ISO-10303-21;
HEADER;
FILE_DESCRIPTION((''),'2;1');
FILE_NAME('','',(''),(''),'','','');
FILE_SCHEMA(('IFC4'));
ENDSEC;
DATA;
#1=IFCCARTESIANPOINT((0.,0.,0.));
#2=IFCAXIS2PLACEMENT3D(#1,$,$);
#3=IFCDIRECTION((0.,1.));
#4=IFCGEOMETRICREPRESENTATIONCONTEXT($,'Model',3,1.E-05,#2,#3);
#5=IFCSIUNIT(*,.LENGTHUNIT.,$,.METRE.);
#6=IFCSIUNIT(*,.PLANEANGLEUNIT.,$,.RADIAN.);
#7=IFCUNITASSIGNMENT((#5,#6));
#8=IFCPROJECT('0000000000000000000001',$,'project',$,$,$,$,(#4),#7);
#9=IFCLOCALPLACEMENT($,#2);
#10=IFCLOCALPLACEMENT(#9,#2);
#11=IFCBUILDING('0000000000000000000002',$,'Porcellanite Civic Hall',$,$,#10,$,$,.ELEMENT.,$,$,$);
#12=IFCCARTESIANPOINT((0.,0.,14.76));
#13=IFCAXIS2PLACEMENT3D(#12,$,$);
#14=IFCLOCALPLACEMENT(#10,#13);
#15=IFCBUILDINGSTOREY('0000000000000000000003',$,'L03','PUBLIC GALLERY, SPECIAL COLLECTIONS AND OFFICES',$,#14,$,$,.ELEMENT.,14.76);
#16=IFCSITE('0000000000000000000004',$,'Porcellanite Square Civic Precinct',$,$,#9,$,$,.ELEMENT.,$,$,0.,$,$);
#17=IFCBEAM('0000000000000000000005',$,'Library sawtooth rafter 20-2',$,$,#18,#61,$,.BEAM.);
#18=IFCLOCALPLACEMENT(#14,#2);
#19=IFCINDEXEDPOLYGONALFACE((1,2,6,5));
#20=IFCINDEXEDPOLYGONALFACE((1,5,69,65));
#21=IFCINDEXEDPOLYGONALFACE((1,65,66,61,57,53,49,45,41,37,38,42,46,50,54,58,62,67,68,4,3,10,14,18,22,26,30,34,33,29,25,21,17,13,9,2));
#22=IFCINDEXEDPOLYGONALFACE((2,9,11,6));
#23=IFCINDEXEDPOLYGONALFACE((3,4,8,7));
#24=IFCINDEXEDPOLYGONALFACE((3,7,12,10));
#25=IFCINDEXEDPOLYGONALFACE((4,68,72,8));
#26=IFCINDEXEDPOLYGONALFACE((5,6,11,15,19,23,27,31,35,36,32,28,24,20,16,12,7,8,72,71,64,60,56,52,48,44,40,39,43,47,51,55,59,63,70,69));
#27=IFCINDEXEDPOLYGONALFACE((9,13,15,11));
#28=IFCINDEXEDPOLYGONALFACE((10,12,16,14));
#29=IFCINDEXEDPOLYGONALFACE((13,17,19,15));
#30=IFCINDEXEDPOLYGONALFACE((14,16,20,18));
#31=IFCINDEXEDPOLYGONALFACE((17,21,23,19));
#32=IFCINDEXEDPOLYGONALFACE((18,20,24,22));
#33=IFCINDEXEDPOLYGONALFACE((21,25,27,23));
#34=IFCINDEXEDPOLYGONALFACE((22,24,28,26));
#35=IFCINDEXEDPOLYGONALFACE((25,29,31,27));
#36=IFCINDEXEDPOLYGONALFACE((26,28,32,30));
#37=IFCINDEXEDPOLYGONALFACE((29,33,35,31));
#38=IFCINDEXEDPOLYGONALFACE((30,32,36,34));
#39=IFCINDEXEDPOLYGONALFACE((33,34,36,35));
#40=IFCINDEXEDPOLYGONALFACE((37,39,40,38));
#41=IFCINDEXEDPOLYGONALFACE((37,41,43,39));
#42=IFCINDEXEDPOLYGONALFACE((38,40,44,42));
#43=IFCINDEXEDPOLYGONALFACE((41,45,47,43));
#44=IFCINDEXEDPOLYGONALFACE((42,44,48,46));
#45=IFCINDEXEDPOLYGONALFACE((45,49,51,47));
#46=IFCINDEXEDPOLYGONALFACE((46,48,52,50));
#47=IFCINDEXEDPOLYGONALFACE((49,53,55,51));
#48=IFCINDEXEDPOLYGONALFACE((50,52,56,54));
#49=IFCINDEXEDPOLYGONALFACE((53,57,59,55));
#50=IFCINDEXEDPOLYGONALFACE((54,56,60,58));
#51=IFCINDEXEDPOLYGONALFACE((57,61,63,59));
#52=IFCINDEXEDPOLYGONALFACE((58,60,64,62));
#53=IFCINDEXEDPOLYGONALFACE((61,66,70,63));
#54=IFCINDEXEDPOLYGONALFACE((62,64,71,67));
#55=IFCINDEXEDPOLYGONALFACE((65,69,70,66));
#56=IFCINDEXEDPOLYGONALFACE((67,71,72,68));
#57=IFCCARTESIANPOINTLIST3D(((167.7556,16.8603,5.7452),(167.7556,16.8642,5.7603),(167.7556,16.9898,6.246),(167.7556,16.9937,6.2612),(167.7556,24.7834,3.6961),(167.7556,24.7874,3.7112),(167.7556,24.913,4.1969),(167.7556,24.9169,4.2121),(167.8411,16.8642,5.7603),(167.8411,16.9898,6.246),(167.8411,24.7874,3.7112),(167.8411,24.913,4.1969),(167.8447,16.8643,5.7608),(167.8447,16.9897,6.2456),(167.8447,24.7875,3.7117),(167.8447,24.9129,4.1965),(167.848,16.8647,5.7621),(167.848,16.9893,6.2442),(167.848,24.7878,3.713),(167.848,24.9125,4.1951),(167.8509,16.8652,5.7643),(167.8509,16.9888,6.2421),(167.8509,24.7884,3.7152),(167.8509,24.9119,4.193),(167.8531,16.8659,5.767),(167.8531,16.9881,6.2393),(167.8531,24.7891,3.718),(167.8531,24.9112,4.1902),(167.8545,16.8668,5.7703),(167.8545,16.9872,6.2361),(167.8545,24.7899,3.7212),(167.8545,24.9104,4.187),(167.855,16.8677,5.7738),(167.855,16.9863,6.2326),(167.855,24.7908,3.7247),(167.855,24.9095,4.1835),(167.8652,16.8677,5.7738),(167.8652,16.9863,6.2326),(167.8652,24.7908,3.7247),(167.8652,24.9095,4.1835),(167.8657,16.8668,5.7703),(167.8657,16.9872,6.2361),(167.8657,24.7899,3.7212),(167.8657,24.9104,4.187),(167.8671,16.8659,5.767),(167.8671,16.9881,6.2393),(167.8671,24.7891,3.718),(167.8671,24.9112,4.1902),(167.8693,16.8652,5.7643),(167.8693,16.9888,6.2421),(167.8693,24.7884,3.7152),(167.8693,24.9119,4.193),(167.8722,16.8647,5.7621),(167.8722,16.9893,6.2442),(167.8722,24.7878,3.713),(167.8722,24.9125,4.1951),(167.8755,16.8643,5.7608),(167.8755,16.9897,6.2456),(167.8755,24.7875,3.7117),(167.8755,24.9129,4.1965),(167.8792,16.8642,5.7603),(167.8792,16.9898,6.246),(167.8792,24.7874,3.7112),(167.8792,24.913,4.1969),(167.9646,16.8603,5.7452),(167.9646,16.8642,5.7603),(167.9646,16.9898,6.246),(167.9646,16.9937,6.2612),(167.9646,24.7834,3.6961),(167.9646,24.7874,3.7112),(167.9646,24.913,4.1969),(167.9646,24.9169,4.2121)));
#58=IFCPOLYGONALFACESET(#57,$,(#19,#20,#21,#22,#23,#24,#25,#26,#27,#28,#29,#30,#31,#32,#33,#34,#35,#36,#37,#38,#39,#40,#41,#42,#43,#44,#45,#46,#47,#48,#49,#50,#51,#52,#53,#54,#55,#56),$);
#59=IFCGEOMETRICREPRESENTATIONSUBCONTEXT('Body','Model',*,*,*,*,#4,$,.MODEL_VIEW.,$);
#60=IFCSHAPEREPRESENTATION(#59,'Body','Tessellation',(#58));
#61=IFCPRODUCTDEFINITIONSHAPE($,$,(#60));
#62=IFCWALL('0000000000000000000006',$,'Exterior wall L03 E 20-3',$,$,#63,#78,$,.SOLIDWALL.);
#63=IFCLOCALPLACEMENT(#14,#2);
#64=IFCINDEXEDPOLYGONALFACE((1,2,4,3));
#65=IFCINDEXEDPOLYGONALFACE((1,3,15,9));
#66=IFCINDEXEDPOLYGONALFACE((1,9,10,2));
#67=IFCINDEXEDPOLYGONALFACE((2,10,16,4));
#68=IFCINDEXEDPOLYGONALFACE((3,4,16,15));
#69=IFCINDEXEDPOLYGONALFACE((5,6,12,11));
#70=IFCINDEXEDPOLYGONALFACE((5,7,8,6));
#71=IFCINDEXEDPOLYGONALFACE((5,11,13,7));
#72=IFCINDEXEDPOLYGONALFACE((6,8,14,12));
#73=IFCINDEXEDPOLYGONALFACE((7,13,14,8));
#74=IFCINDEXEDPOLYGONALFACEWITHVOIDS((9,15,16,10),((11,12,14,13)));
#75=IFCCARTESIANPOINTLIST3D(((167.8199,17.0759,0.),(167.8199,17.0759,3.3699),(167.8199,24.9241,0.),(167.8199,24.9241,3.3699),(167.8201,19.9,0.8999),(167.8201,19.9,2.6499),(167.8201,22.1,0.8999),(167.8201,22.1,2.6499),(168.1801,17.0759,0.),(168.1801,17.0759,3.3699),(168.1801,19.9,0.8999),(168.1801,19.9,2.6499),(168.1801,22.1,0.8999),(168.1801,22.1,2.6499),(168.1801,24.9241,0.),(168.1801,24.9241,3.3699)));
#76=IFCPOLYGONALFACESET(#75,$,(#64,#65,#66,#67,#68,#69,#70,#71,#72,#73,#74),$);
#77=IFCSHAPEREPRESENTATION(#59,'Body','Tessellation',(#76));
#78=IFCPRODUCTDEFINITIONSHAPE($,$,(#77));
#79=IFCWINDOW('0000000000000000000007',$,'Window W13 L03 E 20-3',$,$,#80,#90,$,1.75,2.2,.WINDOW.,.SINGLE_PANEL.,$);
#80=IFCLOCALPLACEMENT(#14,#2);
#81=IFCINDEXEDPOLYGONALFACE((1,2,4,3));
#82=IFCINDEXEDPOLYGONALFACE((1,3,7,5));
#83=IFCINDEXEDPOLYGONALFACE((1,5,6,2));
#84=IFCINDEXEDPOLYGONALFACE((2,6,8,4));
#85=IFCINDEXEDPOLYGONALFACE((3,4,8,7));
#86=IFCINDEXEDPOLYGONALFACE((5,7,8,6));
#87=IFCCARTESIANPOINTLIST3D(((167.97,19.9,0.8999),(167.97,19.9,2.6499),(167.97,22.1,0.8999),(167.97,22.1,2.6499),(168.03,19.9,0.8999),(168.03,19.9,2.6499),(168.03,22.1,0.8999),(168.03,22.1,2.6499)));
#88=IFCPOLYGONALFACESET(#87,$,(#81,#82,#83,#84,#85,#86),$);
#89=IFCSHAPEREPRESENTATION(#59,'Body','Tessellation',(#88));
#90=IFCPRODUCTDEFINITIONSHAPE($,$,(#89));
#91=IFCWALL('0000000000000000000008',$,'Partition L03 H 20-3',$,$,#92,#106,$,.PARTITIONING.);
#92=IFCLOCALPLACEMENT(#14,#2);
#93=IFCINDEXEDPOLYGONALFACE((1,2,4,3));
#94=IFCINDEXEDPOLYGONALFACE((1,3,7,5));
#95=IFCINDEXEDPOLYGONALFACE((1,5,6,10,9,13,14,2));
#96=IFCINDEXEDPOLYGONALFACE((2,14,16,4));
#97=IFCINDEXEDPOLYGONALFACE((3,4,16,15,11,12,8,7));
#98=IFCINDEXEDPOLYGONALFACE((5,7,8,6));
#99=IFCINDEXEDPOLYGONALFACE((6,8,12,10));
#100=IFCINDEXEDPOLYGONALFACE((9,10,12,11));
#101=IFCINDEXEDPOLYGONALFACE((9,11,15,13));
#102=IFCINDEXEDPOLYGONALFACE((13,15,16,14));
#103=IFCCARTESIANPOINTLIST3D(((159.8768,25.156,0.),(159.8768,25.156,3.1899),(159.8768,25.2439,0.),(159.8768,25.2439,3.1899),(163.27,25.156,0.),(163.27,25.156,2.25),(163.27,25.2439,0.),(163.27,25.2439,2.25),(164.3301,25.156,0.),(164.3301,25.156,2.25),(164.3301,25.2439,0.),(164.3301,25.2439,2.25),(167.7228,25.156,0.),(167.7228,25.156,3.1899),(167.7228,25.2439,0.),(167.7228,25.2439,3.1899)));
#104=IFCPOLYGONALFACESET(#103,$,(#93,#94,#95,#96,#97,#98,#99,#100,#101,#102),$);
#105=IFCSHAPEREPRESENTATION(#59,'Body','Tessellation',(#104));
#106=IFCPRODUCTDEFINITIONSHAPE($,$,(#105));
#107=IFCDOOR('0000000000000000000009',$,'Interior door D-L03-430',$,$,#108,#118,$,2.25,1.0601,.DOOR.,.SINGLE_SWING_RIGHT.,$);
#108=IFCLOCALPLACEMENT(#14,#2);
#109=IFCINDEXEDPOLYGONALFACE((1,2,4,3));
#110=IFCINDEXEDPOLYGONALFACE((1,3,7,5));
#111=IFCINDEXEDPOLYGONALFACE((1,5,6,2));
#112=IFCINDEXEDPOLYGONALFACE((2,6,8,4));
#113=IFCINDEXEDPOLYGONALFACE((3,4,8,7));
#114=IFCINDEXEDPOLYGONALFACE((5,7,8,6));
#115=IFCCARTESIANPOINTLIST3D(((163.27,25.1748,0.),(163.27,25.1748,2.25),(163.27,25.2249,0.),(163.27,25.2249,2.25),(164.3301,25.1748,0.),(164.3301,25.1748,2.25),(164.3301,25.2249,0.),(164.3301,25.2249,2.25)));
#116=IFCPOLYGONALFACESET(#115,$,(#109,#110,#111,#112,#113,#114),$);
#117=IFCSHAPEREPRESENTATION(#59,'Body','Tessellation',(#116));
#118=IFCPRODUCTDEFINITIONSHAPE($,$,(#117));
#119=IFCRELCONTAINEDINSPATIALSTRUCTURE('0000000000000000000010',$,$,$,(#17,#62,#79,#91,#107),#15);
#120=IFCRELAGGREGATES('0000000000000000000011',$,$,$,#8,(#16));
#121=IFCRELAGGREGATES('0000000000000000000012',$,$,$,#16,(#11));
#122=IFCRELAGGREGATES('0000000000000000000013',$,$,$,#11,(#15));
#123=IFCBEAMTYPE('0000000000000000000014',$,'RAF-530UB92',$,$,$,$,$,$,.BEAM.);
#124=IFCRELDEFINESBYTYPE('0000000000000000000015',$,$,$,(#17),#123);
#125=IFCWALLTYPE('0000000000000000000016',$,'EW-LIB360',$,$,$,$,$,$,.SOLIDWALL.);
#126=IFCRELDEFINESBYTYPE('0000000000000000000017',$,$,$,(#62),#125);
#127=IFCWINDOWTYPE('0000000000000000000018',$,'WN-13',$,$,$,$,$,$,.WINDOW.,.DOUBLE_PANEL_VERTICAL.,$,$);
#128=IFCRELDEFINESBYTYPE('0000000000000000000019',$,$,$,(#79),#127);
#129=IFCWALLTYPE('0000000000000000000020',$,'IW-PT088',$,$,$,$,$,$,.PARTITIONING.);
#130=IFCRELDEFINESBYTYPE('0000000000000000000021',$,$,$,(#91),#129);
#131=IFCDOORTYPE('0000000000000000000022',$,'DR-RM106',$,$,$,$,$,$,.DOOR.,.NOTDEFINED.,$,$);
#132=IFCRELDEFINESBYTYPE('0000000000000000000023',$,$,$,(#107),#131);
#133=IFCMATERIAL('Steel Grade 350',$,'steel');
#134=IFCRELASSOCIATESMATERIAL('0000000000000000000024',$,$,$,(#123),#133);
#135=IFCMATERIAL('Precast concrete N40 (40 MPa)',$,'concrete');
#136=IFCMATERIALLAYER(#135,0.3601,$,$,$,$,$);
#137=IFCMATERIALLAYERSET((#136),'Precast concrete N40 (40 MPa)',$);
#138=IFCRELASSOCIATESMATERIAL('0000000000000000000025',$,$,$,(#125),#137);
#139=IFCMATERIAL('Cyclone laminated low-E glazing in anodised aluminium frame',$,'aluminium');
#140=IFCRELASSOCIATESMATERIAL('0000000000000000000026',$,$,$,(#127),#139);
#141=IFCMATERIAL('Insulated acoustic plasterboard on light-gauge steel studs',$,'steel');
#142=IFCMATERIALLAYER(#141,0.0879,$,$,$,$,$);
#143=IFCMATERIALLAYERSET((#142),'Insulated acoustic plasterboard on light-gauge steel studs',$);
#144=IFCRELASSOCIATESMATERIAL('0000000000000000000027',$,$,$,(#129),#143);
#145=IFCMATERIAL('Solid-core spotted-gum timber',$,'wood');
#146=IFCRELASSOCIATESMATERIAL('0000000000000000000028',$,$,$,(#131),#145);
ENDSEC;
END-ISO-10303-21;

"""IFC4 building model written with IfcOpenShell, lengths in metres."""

from ifc_helpers import new_model, si_unit, direction, frame, frame_2d, origin, origin_2d, place, context, subcontext, project, spatial, rectangle, i_section, extrude, material, layer, layer_set, material_profile, profile_set, type_object, element, fill, save


model = new_model("IFC4")

# Units and contexts
model_context = context("Model", 3, precision=1e-05, world=origin(), true_north=direction((0.0, 1.0)))
body_context = subcontext(model_context, "Body", "Model", "MODEL_VIEW")
ifc_project = project(units=[si_unit("LENGTHUNIT", "METRE"), si_unit("PLANEANGLEUNIT", "RADIAN")], contexts=[model_context])

# Site, building, storey
site_placement = place(None, origin())
site = spatial("IfcSite", under=ifc_project, at=site_placement, Name="Porcellanite Square Civic Precinct", CompositionType="ELEMENT", RefElevation=0.0)
building_placement = place(site_placement, origin())
building = spatial("IfcBuilding", under=site, at=building_placement, Name="Porcellanite Civic Hall", CompositionType="ELEMENT")
storey_placement = place(building_placement, frame((0.0, 0.0, 14.76)))
storey = spatial("IfcBuildingStorey", under=building, at=storey_placement, Name="L03", Description="PUBLIC GALLERY, SPECIAL COLLECTIONS AND OFFICES", CompositionType="ELEMENT", Elevation=14.76)

# Beam
ifc_material_1 = material(Name="Steel Grade 350", Category="steel")
ifc_material_profile_1 = material_profile(ifc_material_1, i_section(OverallWidth=0.209, OverallDepth=0.533, WebThickness=0.0103, FlangeThickness=0.0156, FilletRadius=0.0139, at=origin_2d()), Name="530UB92.4")
ifc_profile_set_1 = profile_set([ifc_material_profile_1], Name="Steel Grade 350")
beam_type_1 = type_object("IfcBeamType", Name="RAF-530UB92", PredefinedType="BEAM", material=ifc_profile_set_1)
for number, where, z_axis, x_axis, name in (
    (1, (167.8601, 16.927, 6.0032), (0.0, 0.968147, -0.250382), (-1.0, 0.0, 0.0), "Library sawtooth rafter 20-2"),
):
    element("IfcBeam", number, at=place(storey_placement, frame(where, z_axis=z_axis, x_axis=x_axis)), inside=storey, type_object=beam_type_1, Name=name, PredefinedType="BEAM", context=body_context, shape_type="SweptSolid", body=[
        extrude(i_section(OverallWidth=0.209, OverallDepth=0.533, WebThickness=0.0103, FlangeThickness=0.0156, FilletRadius=0.0139, at=origin_2d()), origin(), (0.0, 0.0, 1.0), 8.1838),
    ])

# Shared definitions
ifc_material_2 = material(Name="Precast concrete N40 (40 MPa)", Category="concrete")
ifc_layer_1 = layer(ifc_material_2, 0.3601)
ifc_layer_set_1 = layer_set([ifc_layer_1], Name="Precast concrete N40 (40 MPa)")
wall_type_1 = type_object("IfcWallType", Name="EW-LIB360", PredefinedType="SOLIDWALL", material=ifc_layer_set_1)

# Wall, opening, window
wall_1_placement = place(storey_placement, frame((168.0, 24.9241, 0.0), z_axis=(0.0, 0.0, 1.0), x_axis=(0.0, -1.0, 0.0)))
wall_1 = element("IfcWall", 2, at=wall_1_placement, inside=storey, type_object=wall_type_1, Name="Exterior wall L03 E 20-3", PredefinedType="SOLIDWALL", context=body_context, shape_type="SweptSolid", body=[
    extrude(rectangle(XDim=7.8481, YDim=0.3601, at=frame_2d((3.9241, 0.0))), origin(), (0.0, 0.0, 1.0), 3.3699),
])
opening_1_placement = place(wall_1_placement, frame((2.824, 0.0, 0.8999)))
opening_1 = element("IfcOpeningElement", 3, at=opening_1_placement, cuts=wall_1, PredefinedType="OPENING", context=body_context, shape_type="SweptSolid", body=[
    extrude(rectangle(XDim=2.2, YDim=1.75, at=frame_2d((1.1001, 0.875))), frame((0.0, 0.1802, 0.0), z_axis=(0.0, -1.0, 0.0), x_axis=(1.0, 0.0, 0.0)), (0.0, 0.0, 1.0), 0.3601),
])
ifc_material_3 = material(Name="Cyclone laminated low-E glazing in anodised aluminium frame", Category="aluminium")
window_type = type_object("IfcWindowType", Name="WN-13", PartitioningType="DOUBLE_PANEL_VERTICAL", PredefinedType="WINDOW", material=ifc_material_3)
window_placement = place(opening_1_placement, origin())
window = element("IfcWindow", 4, at=window_placement, inside=storey, type_object=window_type, Name="Window W13 L03 E 20-3", OverallHeight=1.75, OverallWidth=2.2, PartitioningType="SINGLE_PANEL", PredefinedType="WINDOW", context=body_context, shape_type="SweptSolid", body=[
    extrude(rectangle(XDim=2.2, YDim=1.75, at=frame_2d((1.1001, 0.875))), frame((0.0, 0.03, 0.0), z_axis=(0.0, -1.0, 0.0), x_axis=(1.0, 0.0, 0.0)), (0.0, 0.0, 1.0), 0.0601),
])
fill(opening_1, window)

# Wall, opening, door
ifc_material_4 = material(Name="Insulated acoustic plasterboard on light-gauge steel studs", Category="steel")
ifc_layer_2 = layer(ifc_material_4, 0.0879)
ifc_layer_set_2 = layer_set([ifc_layer_2], Name="Insulated acoustic plasterboard on light-gauge steel studs")
wall_type_2 = type_object("IfcWallType", Name="IW-PT088", PredefinedType="PARTITIONING", material=ifc_layer_set_2)
wall_2_placement = place(storey_placement, frame((159.877, 25.2, 0.0), z_axis=(0.0, 0.0, 1.0), x_axis=(1.0, 0.0, 0.0)))
wall_2 = element("IfcWall", 5, at=wall_2_placement, inside=storey, type_object=wall_type_2, Name="Partition L03 H 20-3", PredefinedType="PARTITIONING", context=body_context, shape_type="SweptSolid", body=[
    extrude(rectangle(XDim=7.8459, YDim=0.0879, at=frame_2d((3.9229, 0.0))), origin(), (0.0, 0.0, 1.0), 3.1899),
])
opening_2_placement = place(wall_2_placement, frame((3.3931, 0.0, 0.0)))
opening_2 = element("IfcOpeningElement", 6, at=opening_2_placement, cuts=wall_2, PredefinedType="OPENING", context=body_context, shape_type="SweptSolid", body=[
    extrude(rectangle(XDim=1.0601, YDim=2.25, at=frame_2d((0.53, 1.125))), frame((0.0, 0.0439, 0.0), z_axis=(0.0, -1.0, 0.0), x_axis=(1.0, 0.0, 0.0)), (0.0, 0.0, 1.0), 0.0879),
])
ifc_material_5 = material(Name="Solid-core spotted-gum timber", Category="wood")
door_type_1 = type_object("IfcDoorType", Name="DR-RM106", OperationType="NOTDEFINED", PredefinedType="DOOR", material=ifc_material_5)
door_1_placement = place(opening_2_placement, origin())
door_1 = element("IfcDoor", 7, at=door_1_placement, inside=storey, type_object=door_type_1, Name="Interior door D-L03-430", OperationType="SINGLE_SWING_RIGHT", OverallHeight=2.25, OverallWidth=1.0601, PredefinedType="DOOR", context=body_context, shape_type="SweptSolid", body=[
    extrude(rectangle(XDim=1.0601, YDim=2.25, at=frame_2d((0.53, 1.125))), frame((0.0, 0.0249, 0.0), z_axis=(0.0, -1.0, 0.0), x_axis=(1.0, 0.0, 0.0)), (0.0, 0.0, 1.0), 0.05),
])
fill(opening_2, door_1)

save(model, "model.ifc")
